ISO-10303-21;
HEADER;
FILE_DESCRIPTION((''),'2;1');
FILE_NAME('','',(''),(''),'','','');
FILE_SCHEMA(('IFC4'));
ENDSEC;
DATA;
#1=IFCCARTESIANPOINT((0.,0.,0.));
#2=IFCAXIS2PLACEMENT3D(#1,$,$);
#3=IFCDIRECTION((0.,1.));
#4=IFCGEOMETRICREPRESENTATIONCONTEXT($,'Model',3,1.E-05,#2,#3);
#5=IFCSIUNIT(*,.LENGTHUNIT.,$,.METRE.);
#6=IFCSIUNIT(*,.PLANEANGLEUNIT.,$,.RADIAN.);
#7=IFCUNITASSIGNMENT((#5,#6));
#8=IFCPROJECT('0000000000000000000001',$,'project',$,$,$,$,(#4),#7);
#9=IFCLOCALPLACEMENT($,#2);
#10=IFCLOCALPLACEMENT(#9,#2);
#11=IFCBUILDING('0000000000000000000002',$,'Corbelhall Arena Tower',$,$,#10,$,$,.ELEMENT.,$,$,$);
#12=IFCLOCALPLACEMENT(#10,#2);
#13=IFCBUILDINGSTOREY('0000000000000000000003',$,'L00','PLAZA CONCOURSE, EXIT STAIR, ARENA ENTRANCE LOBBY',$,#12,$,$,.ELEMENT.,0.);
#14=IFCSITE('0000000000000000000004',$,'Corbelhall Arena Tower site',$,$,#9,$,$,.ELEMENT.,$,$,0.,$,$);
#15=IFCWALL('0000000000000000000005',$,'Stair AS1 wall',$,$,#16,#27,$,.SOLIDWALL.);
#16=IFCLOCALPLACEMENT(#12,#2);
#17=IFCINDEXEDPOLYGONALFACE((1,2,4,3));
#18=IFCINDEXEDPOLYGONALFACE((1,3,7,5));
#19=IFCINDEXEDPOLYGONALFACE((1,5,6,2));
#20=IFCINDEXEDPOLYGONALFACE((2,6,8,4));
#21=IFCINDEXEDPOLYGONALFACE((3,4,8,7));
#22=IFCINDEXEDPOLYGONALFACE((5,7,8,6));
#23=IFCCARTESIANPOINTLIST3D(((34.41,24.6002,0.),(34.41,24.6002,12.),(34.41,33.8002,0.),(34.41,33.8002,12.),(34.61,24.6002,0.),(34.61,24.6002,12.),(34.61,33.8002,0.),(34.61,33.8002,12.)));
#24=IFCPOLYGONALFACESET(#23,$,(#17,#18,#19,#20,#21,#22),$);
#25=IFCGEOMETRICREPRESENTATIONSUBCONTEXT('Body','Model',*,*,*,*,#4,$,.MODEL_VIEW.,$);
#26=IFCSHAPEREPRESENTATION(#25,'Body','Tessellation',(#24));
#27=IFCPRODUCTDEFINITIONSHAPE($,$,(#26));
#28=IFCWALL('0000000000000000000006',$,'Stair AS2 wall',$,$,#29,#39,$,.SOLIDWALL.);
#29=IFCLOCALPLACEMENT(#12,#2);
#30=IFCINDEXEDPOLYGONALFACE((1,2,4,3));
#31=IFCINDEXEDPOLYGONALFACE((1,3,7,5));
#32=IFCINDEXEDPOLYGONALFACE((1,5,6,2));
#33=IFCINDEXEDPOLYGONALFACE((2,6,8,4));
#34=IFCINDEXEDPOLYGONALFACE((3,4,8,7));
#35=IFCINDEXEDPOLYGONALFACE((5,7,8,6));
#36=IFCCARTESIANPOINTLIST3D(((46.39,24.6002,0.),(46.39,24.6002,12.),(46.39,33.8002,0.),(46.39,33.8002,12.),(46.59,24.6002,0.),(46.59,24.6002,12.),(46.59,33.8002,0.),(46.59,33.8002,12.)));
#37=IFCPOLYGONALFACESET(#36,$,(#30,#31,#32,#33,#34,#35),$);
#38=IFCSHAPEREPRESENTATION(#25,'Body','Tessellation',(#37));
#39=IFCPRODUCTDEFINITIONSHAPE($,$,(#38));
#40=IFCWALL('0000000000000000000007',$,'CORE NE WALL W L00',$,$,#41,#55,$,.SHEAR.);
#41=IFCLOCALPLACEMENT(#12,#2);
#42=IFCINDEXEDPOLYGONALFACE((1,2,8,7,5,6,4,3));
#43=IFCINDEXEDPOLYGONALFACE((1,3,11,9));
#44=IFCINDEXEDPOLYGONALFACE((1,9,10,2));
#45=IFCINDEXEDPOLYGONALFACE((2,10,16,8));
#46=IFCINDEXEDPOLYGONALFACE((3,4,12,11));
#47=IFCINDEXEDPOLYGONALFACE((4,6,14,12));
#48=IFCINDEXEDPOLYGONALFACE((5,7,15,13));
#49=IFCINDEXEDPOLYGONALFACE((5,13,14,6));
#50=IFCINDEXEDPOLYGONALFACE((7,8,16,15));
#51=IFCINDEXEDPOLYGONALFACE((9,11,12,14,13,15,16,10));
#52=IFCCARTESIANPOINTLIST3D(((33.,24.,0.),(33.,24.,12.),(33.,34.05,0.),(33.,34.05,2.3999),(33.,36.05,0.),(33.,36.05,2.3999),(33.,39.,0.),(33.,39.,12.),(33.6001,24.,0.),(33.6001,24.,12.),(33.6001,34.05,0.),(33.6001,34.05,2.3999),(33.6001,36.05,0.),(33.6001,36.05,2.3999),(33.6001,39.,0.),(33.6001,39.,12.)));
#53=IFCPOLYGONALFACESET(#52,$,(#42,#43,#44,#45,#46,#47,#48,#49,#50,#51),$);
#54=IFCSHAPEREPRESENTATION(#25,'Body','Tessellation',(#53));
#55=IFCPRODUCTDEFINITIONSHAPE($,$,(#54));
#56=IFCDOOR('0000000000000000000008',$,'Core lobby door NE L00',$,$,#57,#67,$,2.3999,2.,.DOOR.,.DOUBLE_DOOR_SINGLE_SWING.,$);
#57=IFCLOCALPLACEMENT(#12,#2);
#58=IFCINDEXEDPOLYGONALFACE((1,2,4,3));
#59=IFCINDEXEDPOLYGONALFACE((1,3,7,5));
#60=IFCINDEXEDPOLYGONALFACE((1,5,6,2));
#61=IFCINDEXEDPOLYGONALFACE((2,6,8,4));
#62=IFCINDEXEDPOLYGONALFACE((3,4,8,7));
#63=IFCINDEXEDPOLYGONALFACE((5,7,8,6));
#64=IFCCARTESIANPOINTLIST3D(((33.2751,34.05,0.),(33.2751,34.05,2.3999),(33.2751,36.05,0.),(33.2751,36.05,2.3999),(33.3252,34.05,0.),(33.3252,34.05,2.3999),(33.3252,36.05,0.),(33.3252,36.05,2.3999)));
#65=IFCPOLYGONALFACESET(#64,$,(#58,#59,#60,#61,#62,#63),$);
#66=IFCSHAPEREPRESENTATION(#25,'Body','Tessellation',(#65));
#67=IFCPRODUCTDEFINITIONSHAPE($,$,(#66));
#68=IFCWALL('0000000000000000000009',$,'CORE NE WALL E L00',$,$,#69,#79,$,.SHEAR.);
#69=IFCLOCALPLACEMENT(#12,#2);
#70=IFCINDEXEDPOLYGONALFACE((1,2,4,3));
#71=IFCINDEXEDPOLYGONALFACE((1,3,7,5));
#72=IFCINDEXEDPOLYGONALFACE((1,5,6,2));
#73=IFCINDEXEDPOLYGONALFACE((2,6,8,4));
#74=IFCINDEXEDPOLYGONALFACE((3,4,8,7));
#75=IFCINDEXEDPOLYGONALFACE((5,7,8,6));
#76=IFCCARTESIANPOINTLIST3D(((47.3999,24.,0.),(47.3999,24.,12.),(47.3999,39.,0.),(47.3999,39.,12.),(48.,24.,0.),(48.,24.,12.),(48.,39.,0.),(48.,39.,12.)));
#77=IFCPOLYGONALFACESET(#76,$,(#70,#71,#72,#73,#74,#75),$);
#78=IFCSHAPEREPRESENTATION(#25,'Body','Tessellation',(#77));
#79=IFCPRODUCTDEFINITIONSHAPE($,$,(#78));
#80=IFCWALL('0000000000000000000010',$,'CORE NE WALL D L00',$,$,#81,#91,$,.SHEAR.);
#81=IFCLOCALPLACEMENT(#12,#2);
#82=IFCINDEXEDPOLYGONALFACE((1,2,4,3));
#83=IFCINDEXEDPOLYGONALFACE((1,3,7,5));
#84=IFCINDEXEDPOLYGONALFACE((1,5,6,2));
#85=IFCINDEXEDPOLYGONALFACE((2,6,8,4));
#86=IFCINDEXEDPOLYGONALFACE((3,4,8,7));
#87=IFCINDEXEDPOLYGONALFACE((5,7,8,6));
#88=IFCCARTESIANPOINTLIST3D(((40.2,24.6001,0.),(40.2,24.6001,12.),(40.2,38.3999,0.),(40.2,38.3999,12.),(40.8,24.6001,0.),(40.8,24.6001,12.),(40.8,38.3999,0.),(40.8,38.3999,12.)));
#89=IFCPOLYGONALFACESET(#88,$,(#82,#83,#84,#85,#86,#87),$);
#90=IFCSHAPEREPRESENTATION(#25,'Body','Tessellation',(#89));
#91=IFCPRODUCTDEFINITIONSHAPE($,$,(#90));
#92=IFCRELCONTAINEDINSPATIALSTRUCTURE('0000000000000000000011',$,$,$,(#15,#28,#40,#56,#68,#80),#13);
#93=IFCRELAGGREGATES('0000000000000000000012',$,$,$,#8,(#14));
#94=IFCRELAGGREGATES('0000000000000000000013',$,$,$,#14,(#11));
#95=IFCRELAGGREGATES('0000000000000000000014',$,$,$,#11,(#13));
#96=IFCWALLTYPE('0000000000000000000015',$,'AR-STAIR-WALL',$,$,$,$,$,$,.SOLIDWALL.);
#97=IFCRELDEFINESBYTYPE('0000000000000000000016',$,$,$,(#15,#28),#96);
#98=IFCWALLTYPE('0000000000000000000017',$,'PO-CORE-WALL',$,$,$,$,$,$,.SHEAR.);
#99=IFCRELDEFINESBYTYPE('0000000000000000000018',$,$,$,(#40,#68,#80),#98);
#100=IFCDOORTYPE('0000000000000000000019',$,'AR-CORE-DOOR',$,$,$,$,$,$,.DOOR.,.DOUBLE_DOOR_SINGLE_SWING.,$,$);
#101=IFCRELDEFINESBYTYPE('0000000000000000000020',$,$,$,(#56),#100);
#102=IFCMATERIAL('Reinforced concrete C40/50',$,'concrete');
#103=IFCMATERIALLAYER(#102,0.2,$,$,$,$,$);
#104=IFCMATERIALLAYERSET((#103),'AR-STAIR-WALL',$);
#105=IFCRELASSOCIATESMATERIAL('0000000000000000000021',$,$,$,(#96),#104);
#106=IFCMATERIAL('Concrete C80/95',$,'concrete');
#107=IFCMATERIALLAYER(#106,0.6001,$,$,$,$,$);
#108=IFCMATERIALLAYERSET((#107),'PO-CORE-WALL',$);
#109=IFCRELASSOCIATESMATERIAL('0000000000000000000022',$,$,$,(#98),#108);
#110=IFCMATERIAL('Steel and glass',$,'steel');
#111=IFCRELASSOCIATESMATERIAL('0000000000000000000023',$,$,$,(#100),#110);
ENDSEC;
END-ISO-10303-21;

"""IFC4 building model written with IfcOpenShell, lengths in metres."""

from ifc_helpers import new_model, si_unit, direction, frame, frame_2d, origin, place, context, subcontext, project, spatial, rectangle, extrude, material, layer, layer_set, type_object, element, fill, save


model = new_model("IFC4")

# Units and contexts
model_context = context("Model", 3, precision=1e-05, world=origin(), true_north=direction((0.0, 1.0)))
body_context = subcontext(model_context, "Body", "Model", "MODEL_VIEW")
ifc_project = project(units=[si_unit("LENGTHUNIT", "METRE"), si_unit("PLANEANGLEUNIT", "RADIAN")], contexts=[model_context])

# Site, building, storey
site_placement = place(None, origin())
site = spatial("IfcSite", under=ifc_project, at=site_placement, Name="Corbelhall Arena Tower site", CompositionType="ELEMENT", RefElevation=0.0)
building_placement = place(site_placement, origin())
building = spatial("IfcBuilding", under=site, at=building_placement, Name="Corbelhall Arena Tower", CompositionType="ELEMENT")
storey_placement = place(building_placement, origin())
storey = spatial("IfcBuildingStorey", under=building, at=storey_placement, Name="L00", Description="PLAZA CONCOURSE, EXIT STAIR, ARENA ENTRANCE LOBBY", CompositionType="ELEMENT", Elevation=0.0)

# Shared definitions
ifc_material_1 = material(Name="Concrete C80/95", Category="concrete")

# Walls
ifc_material_2 = material(Name="Reinforced concrete C40/50", Category="concrete")
ifc_layer_1 = layer(ifc_material_2, 0.2)
ifc_layer_set_1 = layer_set([ifc_layer_1], Name="AR-STAIR-WALL")
wall_type_1 = type_object("IfcWallType", Name="AR-STAIR-WALL", PredefinedType="SOLIDWALL", material=ifc_layer_set_1)
for number, where, z_axis, x_axis, name in (
    (1, (34.51, 24.6001, 0.0), (0.0, 0.0, 1.0), (0.0, 1.0, 0.0), "Stair AS1 wall"),
    (2, (46.49, 24.6001, 0.0), (0.0, 0.0, 1.0), (0.0, 1.0, 0.0), "Stair AS2 wall"),
):
    element("IfcWall", number, at=place(storey_placement, frame(where, z_axis=z_axis, x_axis=x_axis)), inside=storey, type_object=wall_type_1, Name=name, PredefinedType="SOLIDWALL", context=body_context, shape_type="SweptSolid", body=[
        extrude(rectangle(XDim=9.2, YDim=0.2, at=frame_2d((4.6001, 0.0))), origin(), (0.0, 0.0, 1.0), 12.0),
    ])

# Shared definitions
ifc_layer_2 = layer(ifc_material_1, 0.6001)
ifc_layer_set_2 = layer_set([ifc_layer_2], Name="PO-CORE-WALL")
wall_type_2 = type_object("IfcWallType", Name="PO-CORE-WALL", PredefinedType="SHEAR", material=ifc_layer_set_2)
ifc_material_3 = material(Name="Steel and glass", Category="steel")

# Wall, opening, door
wall_1_placement = place(storey_placement, frame((33.3, 24.0, 0.0), z_axis=(0.0, 0.0, 1.0), x_axis=(0.0, 1.0, 0.0)))
wall_1 = element("IfcWall", 3, at=wall_1_placement, inside=storey, type_object=wall_type_2, Name="CORE NE WALL W L00", PredefinedType="SHEAR", context=body_context, shape_type="SweptSolid", body=[
    extrude(rectangle(XDim=15.0, YDim=0.6001, at=frame_2d((7.5, 0.0))), origin(), (0.0, 0.0, 1.0), 12.0),
])
opening_1_placement = place(wall_1_placement, frame((10.05, 0.0, 0.0)))
opening_1 = element("IfcOpeningElement", 4, at=opening_1_placement, cuts=wall_1, PredefinedType="OPENING", context=body_context, shape_type="SweptSolid", body=[
    extrude(rectangle(XDim=2.0, YDim=2.3999, at=frame_2d((1.0, 1.2))), frame((0.0, 0.3, 0.0), z_axis=(0.0, -1.0, 0.0), x_axis=(1.0, 0.0, 0.0)), (0.0, 0.0, 1.0), 0.6001),
])
door_type_1 = type_object("IfcDoorType", Name="AR-CORE-DOOR", OperationType="DOUBLE_DOOR_SINGLE_SWING", PredefinedType="DOOR", material=ifc_material_3)
door_1_placement = place(opening_1_placement, origin())
door_1 = element("IfcDoor", 5, at=door_1_placement, inside=storey, type_object=door_type_1, Name="Core lobby door NE L00", OperationType="DOUBLE_DOOR_SINGLE_SWING", OverallHeight=2.3999, OverallWidth=2.0, PredefinedType="DOOR", context=body_context, shape_type="SweptSolid", body=[
    extrude(rectangle(XDim=2.0, YDim=2.3999, at=frame_2d((1.0, 1.2))), frame((0.0, 0.0249, 0.0), z_axis=(0.0, -1.0, 0.0), x_axis=(1.0, 0.0, 0.0)), (0.0, 0.0, 1.0), 0.05),
])
fill(opening_1, door_1)

# Walls
wall_2_placement = place(storey_placement, frame((47.7, 24.0, 0.0), z_axis=(0.0, 0.0, 1.0), x_axis=(0.0, 1.0, 0.0)))
element("IfcWall", 6, at=wall_2_placement, inside=storey, type_object=wall_type_2, Name="CORE NE WALL E L00", PredefinedType="SHEAR", context=body_context, shape_type="SweptSolid", body=[
    extrude(rectangle(XDim=15.0, YDim=0.6001, at=frame_2d((7.5, 0.0))), origin(), (0.0, 0.0, 1.0), 12.0),
])
wall_3_placement = place(storey_placement, frame((40.5, 24.6001, 0.0), z_axis=(0.0, 0.0, 1.0), x_axis=(0.0, 1.0, 0.0)))
element("IfcWall", 7, at=wall_3_placement, inside=storey, type_object=wall_type_2, Name="CORE NE WALL D L00", PredefinedType="SHEAR", context=body_context, shape_type="SweptSolid", body=[
    extrude(rectangle(XDim=13.7998, YDim=0.6001, at=frame_2d((6.8999, 0.0))), origin(), (0.0, 0.0, 1.0), 12.0),
])

save(model, "model.ifc")
